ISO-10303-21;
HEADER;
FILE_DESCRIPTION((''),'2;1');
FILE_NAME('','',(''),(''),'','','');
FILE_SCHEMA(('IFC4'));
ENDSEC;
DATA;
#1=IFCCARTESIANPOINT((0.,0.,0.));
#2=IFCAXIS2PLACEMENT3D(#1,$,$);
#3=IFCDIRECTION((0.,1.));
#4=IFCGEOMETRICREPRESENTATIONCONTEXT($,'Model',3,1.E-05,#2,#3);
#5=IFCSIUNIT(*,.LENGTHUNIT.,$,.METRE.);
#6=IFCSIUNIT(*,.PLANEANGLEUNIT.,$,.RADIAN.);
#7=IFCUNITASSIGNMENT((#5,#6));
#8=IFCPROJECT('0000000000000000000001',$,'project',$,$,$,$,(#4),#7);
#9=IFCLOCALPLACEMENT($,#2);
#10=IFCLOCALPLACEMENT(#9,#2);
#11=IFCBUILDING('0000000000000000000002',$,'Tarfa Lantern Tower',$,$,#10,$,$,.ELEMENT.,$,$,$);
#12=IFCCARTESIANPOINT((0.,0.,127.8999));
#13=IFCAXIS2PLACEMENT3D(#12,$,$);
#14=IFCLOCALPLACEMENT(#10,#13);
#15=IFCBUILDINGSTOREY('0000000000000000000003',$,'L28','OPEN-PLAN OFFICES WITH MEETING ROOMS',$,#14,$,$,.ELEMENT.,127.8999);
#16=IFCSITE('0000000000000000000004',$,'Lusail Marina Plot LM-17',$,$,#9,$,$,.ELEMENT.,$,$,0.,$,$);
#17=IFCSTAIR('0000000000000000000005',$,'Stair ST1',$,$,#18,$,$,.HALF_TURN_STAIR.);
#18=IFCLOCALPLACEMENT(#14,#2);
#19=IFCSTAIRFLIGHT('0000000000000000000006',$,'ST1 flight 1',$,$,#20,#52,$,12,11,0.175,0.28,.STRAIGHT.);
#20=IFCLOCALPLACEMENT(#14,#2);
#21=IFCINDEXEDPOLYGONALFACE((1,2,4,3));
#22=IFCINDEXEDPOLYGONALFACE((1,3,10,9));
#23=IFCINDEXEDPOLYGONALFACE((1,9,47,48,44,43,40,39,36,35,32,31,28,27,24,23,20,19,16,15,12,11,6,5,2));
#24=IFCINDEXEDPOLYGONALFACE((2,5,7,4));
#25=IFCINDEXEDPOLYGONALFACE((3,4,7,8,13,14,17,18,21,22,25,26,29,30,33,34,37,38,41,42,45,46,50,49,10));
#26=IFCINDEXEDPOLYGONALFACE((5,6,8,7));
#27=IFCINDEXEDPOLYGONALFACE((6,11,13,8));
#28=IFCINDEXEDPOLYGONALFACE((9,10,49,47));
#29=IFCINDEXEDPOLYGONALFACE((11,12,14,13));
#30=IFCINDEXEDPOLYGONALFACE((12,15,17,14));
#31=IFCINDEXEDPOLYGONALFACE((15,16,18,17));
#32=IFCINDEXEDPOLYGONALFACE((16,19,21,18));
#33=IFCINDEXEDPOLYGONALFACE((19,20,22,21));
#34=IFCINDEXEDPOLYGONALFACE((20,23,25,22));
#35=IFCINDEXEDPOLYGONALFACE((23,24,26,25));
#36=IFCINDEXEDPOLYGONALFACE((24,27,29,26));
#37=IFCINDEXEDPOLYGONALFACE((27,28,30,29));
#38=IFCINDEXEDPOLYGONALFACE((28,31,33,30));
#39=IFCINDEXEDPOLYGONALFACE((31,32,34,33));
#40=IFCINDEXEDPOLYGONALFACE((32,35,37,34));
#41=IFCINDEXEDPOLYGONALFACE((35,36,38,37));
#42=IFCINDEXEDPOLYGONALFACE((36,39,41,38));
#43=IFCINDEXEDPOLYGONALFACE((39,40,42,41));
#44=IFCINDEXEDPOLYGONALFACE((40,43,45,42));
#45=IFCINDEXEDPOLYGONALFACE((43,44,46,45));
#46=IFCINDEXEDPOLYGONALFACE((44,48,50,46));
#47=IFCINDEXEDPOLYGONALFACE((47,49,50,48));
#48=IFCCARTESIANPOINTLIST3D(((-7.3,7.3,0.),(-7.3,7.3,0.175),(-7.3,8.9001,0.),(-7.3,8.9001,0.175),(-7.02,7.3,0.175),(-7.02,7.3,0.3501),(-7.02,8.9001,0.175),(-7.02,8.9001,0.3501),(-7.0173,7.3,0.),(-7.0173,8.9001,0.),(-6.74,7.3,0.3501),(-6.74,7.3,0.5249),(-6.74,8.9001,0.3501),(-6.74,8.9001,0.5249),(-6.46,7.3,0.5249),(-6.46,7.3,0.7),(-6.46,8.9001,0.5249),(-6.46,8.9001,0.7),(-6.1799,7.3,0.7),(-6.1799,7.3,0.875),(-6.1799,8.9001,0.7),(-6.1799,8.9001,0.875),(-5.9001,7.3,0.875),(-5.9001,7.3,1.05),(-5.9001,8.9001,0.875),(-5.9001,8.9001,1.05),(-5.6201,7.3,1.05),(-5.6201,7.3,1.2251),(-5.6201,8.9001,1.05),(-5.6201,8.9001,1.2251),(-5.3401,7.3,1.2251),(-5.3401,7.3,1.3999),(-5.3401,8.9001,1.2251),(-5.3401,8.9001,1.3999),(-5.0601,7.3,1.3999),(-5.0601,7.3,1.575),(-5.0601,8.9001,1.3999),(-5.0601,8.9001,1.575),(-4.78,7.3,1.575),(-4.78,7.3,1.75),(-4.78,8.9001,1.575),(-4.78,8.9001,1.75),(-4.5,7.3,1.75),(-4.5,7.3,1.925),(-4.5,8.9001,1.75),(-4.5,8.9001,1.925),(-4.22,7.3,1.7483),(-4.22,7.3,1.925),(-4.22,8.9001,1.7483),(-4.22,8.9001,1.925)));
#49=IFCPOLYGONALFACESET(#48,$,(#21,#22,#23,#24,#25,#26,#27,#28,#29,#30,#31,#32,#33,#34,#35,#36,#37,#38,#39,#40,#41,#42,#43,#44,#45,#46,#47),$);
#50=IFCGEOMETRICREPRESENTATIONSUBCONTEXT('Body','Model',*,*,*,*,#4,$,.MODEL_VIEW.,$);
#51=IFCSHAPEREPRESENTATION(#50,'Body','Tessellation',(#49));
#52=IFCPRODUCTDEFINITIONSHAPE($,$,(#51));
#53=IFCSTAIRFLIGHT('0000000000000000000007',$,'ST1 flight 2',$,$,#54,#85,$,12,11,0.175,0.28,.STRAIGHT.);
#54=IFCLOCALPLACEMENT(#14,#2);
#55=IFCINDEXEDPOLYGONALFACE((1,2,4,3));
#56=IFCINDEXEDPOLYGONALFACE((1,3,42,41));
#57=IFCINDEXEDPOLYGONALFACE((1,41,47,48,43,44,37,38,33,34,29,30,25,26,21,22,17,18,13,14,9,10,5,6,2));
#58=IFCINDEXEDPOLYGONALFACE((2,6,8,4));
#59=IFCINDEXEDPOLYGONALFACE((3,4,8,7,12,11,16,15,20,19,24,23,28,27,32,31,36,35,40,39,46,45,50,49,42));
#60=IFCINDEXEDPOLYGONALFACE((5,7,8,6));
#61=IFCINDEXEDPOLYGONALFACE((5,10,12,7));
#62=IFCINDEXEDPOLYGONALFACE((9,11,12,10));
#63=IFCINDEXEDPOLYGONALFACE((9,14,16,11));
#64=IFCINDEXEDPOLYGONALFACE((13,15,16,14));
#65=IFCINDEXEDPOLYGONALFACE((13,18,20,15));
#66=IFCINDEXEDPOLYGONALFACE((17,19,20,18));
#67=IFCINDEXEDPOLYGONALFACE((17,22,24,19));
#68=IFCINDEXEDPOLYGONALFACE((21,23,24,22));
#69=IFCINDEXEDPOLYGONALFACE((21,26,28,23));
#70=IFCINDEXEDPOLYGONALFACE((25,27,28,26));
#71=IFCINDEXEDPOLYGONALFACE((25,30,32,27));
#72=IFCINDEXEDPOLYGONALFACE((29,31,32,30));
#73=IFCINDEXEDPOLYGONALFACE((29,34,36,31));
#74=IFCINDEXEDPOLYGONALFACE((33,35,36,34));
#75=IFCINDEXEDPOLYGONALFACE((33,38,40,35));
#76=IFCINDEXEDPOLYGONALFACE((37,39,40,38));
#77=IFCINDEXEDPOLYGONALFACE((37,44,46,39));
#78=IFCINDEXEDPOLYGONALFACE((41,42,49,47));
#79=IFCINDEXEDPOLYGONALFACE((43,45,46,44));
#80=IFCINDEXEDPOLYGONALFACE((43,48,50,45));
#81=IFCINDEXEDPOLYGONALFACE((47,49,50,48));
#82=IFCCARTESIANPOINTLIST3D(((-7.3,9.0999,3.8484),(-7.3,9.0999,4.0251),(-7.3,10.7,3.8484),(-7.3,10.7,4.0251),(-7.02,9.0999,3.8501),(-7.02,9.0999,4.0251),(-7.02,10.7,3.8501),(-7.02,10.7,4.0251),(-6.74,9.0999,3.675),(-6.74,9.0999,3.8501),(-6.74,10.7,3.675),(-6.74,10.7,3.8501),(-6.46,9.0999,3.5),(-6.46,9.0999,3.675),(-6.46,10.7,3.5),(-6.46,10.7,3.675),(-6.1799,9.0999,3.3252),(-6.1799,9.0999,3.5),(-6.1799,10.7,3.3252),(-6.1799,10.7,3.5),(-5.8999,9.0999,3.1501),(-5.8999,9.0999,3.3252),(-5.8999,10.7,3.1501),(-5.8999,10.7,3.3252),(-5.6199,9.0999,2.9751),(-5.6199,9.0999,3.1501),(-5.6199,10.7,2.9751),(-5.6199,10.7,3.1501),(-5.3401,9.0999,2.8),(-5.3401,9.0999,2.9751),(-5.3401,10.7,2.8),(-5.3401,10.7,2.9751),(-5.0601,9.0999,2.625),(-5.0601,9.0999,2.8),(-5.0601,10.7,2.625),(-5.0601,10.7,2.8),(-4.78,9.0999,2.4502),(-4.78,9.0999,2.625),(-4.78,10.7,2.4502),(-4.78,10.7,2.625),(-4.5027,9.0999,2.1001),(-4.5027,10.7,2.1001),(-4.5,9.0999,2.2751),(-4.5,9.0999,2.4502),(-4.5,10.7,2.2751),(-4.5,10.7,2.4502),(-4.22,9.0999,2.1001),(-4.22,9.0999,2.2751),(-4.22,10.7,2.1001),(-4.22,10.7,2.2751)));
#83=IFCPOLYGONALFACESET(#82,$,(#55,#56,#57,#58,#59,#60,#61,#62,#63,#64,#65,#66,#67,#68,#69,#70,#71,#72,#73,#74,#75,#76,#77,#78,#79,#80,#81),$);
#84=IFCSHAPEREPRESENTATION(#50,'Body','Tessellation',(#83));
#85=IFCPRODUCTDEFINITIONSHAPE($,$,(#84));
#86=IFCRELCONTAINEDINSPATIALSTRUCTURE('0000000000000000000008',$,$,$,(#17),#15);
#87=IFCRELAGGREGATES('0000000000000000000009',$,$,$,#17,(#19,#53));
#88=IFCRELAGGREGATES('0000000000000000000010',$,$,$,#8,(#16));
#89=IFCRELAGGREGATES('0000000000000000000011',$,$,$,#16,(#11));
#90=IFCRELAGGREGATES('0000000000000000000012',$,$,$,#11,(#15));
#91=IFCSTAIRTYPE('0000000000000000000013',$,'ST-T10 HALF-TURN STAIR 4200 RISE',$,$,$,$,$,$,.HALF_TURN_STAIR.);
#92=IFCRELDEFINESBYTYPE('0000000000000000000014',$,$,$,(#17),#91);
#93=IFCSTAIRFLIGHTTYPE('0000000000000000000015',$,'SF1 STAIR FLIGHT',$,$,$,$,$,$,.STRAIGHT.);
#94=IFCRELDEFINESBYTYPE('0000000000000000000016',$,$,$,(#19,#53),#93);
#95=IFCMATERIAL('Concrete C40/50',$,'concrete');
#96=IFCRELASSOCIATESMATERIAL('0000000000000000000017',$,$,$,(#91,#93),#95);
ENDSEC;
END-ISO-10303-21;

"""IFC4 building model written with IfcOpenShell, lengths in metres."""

from ifc_helpers import new_model, si_unit, direction, frame, origin, place, context, subcontext, project, spatial, polyline, outline, extrude, material, type_object, element, aggregate, save


model = new_model("IFC4")

# Units and contexts
model_context = context("Model", 3, precision=1e-05, world=origin(), true_north=direction((0.0, 1.0)))
body_context = subcontext(model_context, "Body", "Model", "MODEL_VIEW")
ifc_project = project(units=[si_unit("LENGTHUNIT", "METRE"), si_unit("PLANEANGLEUNIT", "RADIAN")], contexts=[model_context])

# Site, building, storey
site_placement = place(None, origin())
site = spatial("IfcSite", under=ifc_project, at=site_placement, Name="Lusail Marina Plot LM-17", CompositionType="ELEMENT", RefElevation=0.0)
building_placement = place(site_placement, origin())
building = spatial("IfcBuilding", under=site, at=building_placement, Name="Tarfa Lantern Tower", CompositionType="ELEMENT")
storey_placement = place(building_placement, frame((0.0, 0.0, 127.8999)))
storey = spatial("IfcBuildingStorey", under=building, at=storey_placement, Name="L28", Description="OPEN-PLAN OFFICES WITH MEETING ROOMS", CompositionType="ELEMENT", Elevation=127.8999)

# Stair, stair flights
ifc_material_1 = material(Name="Concrete C40/50", Category="concrete")
stair_type = type_object("IfcStairType", Name="ST-T10 HALF-TURN STAIR 4200 RISE", PredefinedType="HALF_TURN_STAIR", material=ifc_material_1)
stair_placement = place(storey_placement, origin())
stair = element("IfcStair", 1, at=stair_placement, inside=storey, type_object=stair_type, Name="Stair ST1", PredefinedType="HALF_TURN_STAIR")
stair_flight_type = type_object("IfcStairFlightType", Name="SF1 STAIR FLIGHT", PredefinedType="STRAIGHT", material=ifc_material_1)
stair_flight_1_placement = place(storey_placement, frame((-7.3, 8.1001, 0.0), z_axis=(0.0, 0.0, 1.0), x_axis=(1.0, 0.0, 0.0)))
stair_flight_1 = element("IfcStairFlight", 2, at=stair_flight_1_placement, type_object=stair_flight_type, Name="ST1 flight 1", NumberOfRisers=12, NumberOfTreads=11, PredefinedType="STRAIGHT", RiserHeight=0.175, TreadLength=0.28, context=body_context, shape_type="SweptSolid", body=[
    extrude(outline(polyline([(0.0, 0.0), (0.0, 0.175), (0.28, 0.175), (0.28, 0.3501), (0.5601, 0.3501), (0.5601, 0.5249), (0.8401, 0.5249), (0.8401, 0.7), (1.1201, 0.7), (1.1201, 0.875), (1.3999, 0.875), (1.3999, 1.05), (1.6799, 1.05), (1.6799, 1.2251), (1.96, 1.2251), (1.96, 1.3999), (2.24, 1.3999), (2.24, 1.575), (2.52, 1.575), (2.52, 1.75), (2.8, 1.75), (2.8, 1.925), (3.0801, 1.925), (3.0801, 2.1001), (3.0801, 1.7483), (0.2827, 0.0), (0.0, 0.0)])), frame((0.0, 0.8, 0.0), z_axis=(0.0, -1.0, 0.0), x_axis=(1.0, 0.0, 0.0)), (0.0, 0.0, 1.0), 1.6001),
])
stair_flight_2_placement = place(storey_placement, frame((-4.22, 9.8999, 2.1001), z_axis=(0.0, 0.0, 1.0), x_axis=(-1.0, 0.0, 0.0)))
stair_flight_2 = element("IfcStairFlight", 3, at=stair_flight_2_placement, type_object=stair_flight_type, Name="ST1 flight 2", NumberOfRisers=12, NumberOfTreads=11, PredefinedType="STRAIGHT", RiserHeight=0.175, TreadLength=0.28, context=body_context, shape_type="SweptSolid", body=[
    extrude(outline(polyline([(0.0, 0.0), (0.0, 0.175), (0.28, 0.175), (0.28, 0.3501), (0.5601, 0.3501), (0.5601, 0.5249), (0.8401, 0.5249), (0.8401, 0.7), (1.1201, 0.7), (1.1201, 0.875), (1.3999, 0.875), (1.3999, 1.05), (1.6799, 1.05), (1.6799, 1.2251), (1.96, 1.2251), (1.96, 1.3999), (2.24, 1.3999), (2.24, 1.575), (2.52, 1.575), (2.52, 1.75), (2.8, 1.75), (2.8, 1.925), (3.0801, 1.925), (3.0801, 2.1001), (3.0801, 1.7483), (0.2827, 0.0), (0.0, 0.0)])), frame((0.0, 0.8, 0.0), z_axis=(0.0, -1.0, 0.0), x_axis=(1.0, 0.0, 0.0)), (0.0, 0.0, 1.0), 1.6001),
])
aggregate(stair, [stair_flight_1, stair_flight_2])

save(model, "model.ifc")
